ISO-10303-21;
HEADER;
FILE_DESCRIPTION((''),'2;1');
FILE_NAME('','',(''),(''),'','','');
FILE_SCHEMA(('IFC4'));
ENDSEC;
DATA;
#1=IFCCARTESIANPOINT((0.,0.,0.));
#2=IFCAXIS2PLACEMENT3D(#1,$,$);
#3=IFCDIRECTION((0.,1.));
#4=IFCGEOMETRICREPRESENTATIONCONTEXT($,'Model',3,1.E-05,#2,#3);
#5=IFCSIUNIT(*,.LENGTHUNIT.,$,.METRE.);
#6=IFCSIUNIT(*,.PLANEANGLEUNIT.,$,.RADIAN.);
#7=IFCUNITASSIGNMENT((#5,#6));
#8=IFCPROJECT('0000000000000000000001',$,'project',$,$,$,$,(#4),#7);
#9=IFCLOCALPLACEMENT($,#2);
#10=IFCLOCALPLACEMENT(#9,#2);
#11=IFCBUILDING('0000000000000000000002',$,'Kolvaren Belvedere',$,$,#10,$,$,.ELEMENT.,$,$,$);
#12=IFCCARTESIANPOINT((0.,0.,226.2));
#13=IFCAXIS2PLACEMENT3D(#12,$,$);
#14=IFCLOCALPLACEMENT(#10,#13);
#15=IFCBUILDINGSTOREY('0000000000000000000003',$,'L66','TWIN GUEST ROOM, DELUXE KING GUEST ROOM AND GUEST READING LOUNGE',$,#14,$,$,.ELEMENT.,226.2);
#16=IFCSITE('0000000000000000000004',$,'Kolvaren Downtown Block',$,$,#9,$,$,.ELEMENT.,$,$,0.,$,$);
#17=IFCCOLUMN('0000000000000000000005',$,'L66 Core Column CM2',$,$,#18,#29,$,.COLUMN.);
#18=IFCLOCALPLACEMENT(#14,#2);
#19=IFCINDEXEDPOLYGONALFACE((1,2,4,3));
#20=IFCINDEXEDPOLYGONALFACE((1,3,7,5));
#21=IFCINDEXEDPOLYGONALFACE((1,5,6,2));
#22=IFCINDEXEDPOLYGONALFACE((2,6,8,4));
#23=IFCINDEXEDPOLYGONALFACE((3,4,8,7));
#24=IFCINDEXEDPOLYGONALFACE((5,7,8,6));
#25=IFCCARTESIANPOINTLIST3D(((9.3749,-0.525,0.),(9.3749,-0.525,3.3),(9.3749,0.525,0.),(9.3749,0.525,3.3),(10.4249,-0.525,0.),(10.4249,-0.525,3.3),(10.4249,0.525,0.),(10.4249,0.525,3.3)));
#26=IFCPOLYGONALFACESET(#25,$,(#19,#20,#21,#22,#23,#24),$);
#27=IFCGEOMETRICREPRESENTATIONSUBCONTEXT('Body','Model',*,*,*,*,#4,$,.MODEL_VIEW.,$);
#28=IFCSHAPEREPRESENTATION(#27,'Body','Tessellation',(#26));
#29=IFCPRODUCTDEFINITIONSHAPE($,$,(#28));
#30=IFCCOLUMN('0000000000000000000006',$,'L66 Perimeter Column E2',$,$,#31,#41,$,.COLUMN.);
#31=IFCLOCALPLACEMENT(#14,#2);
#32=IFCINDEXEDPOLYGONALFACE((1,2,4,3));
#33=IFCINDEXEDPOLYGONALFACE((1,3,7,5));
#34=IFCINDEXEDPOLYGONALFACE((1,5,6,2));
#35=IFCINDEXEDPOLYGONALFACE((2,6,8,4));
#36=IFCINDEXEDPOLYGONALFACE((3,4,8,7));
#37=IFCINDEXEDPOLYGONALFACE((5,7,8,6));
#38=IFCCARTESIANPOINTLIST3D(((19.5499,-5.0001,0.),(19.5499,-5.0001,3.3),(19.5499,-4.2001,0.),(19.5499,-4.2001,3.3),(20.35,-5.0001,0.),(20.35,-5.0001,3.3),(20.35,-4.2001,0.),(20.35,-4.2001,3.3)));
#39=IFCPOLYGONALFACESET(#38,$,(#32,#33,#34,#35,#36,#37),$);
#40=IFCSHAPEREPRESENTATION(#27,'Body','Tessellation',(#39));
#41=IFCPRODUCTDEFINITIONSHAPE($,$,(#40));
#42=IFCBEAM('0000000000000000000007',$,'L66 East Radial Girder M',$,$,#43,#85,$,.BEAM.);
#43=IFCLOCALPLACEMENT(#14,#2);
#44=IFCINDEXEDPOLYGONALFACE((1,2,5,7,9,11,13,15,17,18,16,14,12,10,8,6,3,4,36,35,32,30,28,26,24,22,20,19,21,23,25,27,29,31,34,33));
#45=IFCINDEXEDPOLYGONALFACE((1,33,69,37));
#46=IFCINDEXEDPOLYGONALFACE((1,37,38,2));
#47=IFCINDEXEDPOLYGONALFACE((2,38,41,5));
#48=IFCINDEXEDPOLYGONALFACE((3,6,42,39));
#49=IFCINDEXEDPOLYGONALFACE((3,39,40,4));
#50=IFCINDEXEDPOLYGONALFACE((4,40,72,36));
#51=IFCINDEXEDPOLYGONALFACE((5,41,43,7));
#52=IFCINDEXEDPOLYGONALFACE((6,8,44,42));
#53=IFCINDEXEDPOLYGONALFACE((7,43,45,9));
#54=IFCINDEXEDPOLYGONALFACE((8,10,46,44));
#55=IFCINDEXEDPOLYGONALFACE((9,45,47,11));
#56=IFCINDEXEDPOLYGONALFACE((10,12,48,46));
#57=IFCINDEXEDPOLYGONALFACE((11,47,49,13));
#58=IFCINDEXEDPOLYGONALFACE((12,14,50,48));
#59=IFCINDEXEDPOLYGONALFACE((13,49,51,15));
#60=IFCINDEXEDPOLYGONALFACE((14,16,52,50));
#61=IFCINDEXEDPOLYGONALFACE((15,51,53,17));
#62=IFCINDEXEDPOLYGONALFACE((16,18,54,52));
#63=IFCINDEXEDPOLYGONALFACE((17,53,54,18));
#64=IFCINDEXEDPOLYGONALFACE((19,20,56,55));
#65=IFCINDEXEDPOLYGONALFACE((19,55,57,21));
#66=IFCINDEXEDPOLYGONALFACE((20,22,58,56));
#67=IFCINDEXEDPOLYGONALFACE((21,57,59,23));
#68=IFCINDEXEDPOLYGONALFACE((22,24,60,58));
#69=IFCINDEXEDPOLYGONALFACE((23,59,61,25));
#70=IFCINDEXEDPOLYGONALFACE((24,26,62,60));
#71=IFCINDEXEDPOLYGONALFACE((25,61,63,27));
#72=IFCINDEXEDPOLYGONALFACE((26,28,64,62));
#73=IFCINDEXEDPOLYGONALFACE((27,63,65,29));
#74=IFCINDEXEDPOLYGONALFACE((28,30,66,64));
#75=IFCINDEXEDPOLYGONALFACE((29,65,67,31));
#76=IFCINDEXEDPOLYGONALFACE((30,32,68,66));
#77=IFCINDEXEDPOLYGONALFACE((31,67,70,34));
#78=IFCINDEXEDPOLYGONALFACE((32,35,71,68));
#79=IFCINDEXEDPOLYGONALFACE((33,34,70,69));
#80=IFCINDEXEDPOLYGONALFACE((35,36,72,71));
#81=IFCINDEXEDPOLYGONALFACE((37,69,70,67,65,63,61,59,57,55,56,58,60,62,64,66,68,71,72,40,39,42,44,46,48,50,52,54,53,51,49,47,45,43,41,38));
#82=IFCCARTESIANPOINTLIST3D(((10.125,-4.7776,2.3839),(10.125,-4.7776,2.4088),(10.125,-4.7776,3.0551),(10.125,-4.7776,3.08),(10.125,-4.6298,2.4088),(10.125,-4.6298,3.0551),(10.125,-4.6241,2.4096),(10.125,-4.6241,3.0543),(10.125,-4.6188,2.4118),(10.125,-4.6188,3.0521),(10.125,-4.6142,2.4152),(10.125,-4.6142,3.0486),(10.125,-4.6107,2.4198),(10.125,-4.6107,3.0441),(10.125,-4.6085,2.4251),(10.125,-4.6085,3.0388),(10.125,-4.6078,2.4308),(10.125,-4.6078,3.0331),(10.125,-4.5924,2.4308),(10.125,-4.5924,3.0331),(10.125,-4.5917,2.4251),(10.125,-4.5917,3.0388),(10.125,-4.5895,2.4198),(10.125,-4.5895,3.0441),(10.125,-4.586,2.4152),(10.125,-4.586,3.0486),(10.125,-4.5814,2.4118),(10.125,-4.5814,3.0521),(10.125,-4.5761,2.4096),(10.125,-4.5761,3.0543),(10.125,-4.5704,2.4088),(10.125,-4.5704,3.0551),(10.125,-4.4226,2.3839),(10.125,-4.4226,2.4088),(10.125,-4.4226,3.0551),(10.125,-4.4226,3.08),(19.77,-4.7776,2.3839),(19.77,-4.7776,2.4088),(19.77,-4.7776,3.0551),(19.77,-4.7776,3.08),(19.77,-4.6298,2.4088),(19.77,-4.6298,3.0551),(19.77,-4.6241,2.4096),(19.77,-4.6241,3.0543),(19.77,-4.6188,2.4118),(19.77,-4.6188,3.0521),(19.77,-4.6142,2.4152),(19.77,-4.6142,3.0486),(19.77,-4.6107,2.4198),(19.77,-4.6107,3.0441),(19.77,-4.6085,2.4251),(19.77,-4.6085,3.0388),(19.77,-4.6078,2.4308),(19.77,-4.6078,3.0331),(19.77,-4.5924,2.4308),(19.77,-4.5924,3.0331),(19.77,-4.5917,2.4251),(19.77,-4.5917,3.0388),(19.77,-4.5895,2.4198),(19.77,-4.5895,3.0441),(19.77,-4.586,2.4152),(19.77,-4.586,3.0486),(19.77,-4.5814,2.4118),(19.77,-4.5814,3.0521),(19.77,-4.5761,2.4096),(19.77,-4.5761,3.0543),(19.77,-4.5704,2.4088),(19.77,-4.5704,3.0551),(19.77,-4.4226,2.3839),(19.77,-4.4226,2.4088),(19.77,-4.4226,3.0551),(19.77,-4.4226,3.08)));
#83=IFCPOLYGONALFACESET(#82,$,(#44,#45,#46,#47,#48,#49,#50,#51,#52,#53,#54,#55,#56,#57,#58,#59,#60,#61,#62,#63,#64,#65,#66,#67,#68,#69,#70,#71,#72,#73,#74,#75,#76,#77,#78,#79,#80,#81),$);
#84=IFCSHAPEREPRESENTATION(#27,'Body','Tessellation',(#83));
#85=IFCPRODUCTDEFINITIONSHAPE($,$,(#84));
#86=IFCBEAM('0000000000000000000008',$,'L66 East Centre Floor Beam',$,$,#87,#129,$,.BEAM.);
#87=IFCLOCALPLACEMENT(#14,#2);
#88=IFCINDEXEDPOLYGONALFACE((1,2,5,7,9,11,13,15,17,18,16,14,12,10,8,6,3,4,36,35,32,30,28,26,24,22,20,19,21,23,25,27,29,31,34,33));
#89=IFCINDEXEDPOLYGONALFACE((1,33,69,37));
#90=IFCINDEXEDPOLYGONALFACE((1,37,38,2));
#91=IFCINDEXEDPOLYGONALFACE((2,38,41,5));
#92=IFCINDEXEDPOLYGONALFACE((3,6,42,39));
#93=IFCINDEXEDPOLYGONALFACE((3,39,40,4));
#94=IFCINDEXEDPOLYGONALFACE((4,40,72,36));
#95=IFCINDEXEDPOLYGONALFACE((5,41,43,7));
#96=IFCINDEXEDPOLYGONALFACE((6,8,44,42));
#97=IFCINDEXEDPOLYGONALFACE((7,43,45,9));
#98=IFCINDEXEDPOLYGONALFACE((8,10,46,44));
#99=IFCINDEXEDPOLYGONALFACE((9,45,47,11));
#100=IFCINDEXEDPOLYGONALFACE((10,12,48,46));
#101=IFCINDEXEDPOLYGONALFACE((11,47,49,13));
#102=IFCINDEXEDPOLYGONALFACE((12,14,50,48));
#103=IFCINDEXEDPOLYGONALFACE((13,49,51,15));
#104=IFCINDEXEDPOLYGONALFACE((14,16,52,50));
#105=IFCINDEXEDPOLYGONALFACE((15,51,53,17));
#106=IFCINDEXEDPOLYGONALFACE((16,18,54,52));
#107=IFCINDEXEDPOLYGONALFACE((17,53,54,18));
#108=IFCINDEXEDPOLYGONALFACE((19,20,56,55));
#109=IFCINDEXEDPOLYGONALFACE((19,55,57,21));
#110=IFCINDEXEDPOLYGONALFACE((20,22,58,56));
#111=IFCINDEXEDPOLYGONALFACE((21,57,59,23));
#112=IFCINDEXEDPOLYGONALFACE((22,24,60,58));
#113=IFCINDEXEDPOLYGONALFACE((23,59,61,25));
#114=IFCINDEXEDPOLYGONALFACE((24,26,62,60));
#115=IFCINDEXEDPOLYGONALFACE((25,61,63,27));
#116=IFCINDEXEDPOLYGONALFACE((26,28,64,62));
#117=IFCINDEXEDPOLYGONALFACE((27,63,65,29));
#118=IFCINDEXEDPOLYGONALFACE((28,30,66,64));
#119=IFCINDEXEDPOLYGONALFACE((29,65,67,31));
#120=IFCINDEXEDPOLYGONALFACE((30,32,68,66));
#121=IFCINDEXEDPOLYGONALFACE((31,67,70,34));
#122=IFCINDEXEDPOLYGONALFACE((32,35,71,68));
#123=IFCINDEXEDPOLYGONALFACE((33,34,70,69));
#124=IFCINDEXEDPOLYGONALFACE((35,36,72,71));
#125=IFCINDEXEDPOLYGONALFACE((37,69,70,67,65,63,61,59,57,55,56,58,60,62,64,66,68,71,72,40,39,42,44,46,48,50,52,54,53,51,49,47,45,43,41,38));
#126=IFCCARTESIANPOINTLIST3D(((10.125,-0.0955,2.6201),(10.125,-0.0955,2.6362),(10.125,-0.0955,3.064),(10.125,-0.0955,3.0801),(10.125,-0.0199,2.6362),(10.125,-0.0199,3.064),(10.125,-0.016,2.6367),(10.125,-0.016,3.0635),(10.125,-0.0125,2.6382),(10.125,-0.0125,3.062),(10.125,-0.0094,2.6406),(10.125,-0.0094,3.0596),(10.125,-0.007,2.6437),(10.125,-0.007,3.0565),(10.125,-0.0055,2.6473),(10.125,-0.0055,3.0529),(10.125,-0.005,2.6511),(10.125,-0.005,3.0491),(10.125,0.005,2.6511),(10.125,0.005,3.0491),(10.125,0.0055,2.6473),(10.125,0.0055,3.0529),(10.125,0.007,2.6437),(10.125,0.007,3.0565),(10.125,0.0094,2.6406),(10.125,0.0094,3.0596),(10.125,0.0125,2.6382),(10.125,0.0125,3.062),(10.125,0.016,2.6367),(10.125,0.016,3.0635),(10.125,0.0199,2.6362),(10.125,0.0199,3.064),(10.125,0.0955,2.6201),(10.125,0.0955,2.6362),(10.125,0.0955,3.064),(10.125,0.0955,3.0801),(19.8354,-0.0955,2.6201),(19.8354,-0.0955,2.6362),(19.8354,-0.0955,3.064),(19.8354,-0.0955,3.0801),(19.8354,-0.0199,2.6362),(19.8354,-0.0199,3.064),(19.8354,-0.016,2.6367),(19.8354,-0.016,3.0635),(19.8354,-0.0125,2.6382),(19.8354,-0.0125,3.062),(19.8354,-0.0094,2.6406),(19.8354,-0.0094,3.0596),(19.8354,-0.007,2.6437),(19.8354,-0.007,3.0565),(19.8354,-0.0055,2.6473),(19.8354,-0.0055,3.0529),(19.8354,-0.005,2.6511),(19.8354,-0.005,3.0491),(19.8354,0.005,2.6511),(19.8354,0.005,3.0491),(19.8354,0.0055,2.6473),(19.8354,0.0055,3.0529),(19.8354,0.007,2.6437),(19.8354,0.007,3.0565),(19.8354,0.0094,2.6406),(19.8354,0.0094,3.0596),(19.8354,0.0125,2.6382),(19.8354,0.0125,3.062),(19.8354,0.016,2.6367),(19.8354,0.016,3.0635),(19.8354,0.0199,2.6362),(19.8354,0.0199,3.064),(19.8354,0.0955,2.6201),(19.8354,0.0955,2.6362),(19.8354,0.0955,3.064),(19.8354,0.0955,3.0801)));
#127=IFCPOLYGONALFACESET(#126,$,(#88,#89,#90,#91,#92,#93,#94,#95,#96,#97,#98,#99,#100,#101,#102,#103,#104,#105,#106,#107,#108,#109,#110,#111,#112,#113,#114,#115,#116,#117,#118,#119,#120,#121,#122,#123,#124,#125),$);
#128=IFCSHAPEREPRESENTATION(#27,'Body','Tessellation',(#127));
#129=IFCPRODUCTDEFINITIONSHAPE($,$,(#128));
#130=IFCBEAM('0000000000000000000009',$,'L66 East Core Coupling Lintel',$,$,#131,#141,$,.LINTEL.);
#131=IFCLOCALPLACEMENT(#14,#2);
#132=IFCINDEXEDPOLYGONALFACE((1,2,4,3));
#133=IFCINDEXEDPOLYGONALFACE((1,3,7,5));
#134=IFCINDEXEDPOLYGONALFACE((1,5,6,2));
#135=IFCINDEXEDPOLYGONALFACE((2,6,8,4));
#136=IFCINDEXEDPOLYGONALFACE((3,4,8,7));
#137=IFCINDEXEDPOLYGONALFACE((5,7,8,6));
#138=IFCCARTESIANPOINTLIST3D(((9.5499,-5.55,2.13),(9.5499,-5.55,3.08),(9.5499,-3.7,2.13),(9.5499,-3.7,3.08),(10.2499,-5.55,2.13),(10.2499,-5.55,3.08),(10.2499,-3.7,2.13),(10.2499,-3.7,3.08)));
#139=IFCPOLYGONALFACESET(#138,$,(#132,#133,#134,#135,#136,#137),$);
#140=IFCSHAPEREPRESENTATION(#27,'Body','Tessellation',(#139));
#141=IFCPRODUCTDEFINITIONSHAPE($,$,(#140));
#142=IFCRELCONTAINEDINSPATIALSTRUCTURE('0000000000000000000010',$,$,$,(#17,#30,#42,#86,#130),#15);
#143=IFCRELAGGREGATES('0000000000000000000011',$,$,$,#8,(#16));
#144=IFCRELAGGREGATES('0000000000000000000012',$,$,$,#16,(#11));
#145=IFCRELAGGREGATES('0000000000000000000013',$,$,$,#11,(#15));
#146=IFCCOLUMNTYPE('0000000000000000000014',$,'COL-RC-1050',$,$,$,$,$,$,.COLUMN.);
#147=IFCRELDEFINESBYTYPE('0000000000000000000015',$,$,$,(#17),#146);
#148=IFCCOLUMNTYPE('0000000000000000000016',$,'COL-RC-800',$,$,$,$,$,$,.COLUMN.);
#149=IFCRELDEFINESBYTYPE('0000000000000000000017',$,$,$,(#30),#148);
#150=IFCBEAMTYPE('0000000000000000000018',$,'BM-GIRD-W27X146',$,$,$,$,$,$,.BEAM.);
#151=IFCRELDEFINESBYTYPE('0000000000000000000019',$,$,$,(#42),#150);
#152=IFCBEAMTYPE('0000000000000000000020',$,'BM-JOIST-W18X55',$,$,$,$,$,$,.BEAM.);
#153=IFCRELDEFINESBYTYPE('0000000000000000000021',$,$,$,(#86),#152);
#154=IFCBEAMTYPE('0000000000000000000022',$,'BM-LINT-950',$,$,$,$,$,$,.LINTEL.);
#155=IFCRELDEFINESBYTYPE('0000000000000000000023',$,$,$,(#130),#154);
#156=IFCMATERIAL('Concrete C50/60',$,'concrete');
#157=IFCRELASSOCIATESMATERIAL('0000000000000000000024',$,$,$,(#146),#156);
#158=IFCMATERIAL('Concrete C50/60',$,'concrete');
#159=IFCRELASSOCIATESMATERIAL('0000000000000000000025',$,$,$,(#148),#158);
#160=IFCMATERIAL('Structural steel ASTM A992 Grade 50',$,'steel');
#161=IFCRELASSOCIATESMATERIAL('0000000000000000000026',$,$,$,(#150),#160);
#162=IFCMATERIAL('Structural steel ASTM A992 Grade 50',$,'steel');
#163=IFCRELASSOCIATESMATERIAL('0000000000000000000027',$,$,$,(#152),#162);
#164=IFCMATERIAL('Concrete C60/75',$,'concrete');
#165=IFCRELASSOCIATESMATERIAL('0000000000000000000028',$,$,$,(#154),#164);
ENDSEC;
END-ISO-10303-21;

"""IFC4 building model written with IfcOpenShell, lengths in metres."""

from ifc_helpers import new_model, si_unit, direction, frame, origin, origin_2d, place, context, subcontext, project, spatial, rectangle, i_section, extrude, material, material_profile, profile_set, type_object, element, save


model = new_model("IFC4")

# Units and contexts
model_context = context("Model", 3, precision=1e-05, world=origin(), true_north=direction((0.0, 1.0)))
body_context = subcontext(model_context, "Body", "Model", "MODEL_VIEW")
ifc_project = project(units=[si_unit("LENGTHUNIT", "METRE"), si_unit("PLANEANGLEUNIT", "RADIAN")], contexts=[model_context])

# Site, building, storey
site_placement = place(None, origin())
site = spatial("IfcSite", under=ifc_project, at=site_placement, Name="Kolvaren Downtown Block", CompositionType="ELEMENT", RefElevation=0.0)
building_placement = place(site_placement, origin())
building = spatial("IfcBuilding", under=site, at=building_placement, Name="Kolvaren Belvedere", CompositionType="ELEMENT")
storey_placement = place(building_placement, frame((0.0, 0.0, 226.2)))
storey = spatial("IfcBuildingStorey", under=building, at=storey_placement, Name="L66", Description="TWIN GUEST ROOM, DELUXE KING GUEST ROOM AND GUEST READING LOUNGE", CompositionType="ELEMENT", Elevation=226.2)

# Columns
ifc_material_1 = material(Name="Concrete C50/60", Category="concrete")
ifc_material_profile_1 = material_profile(ifc_material_1, rectangle(XDim=1.05, YDim=1.05, at=origin_2d()), Name="RC 1050X1050")
ifc_profile_set_1 = profile_set([ifc_material_profile_1], Name="Concrete C50/60")
column_type_1 = type_object("IfcColumnType", Name="COL-RC-1050", PredefinedType="COLUMN", material=ifc_profile_set_1)
column_1_placement = place(storey_placement, frame((9.8999, 0.0, 0.0), z_axis=(0.0, 0.0, 1.0), x_axis=(1.0, 0.0, 0.0)))
element("IfcColumn", 1, at=column_1_placement, inside=storey, type_object=column_type_1, Name="L66 Core Column CM2", PredefinedType="COLUMN", context=body_context, shape_type="SweptSolid", body=[
    extrude(rectangle(XDim=1.05, YDim=1.05, at=origin_2d()), origin(), (0.0, 0.0, 1.0), 3.3),
])
ifc_material_2 = material(Name="Concrete C50/60", Category="concrete")
ifc_material_profile_2 = material_profile(ifc_material_2, rectangle(XDim=0.8, YDim=0.8, at=origin_2d()), Name="RC 800X800")
ifc_profile_set_2 = profile_set([ifc_material_profile_2], Name="Concrete C50/60")
column_type_2 = type_object("IfcColumnType", Name="COL-RC-800", PredefinedType="COLUMN", material=ifc_profile_set_2)
column_2_placement = place(storey_placement, frame((19.95, -4.6001, 0.0), z_axis=(0.0, 0.0, 1.0), x_axis=(1.0, 0.0, 0.0)))
element("IfcColumn", 2, at=column_2_placement, inside=storey, type_object=column_type_2, Name="L66 Perimeter Column E2", PredefinedType="COLUMN", context=body_context, shape_type="SweptSolid", body=[
    extrude(rectangle(XDim=0.8, YDim=0.8, at=origin_2d()), origin(), (0.0, 0.0, 1.0), 3.3),
])

# Beams
ifc_material_3 = material(Name="Structural steel ASTM A992 Grade 50", Category="steel")
ifc_material_profile_3 = material_profile(ifc_material_3, i_section(OverallWidth=0.355, OverallDepth=0.696, WebThickness=0.0154, FlangeThickness=0.0249, FilletRadius=0.022, at=origin_2d()), Name="W27X146")
ifc_profile_set_3 = profile_set([ifc_material_profile_3], Name="Structural steel ASTM A992 Grade 50")
beam_type_1 = type_object("IfcBeamType", Name="BM-GIRD-W27X146", PredefinedType="BEAM", material=ifc_profile_set_3)
beam_1_placement = place(storey_placement, frame((10.125, -4.6001, 2.7319), z_axis=(1.0, 0.0, 0.0), x_axis=(0.0, 1.0, 0.0)))
element("IfcBeam", 3, at=beam_1_placement, inside=storey, type_object=beam_type_1, Name="L66 East Radial Girder M", PredefinedType="BEAM", context=body_context, shape_type="SweptSolid", body=[
    extrude(i_section(OverallWidth=0.355, OverallDepth=0.696, WebThickness=0.0154, FlangeThickness=0.0249, FilletRadius=0.022, at=origin_2d()), origin(), (0.0, 0.0, 1.0), 9.645),
])
ifc_material_4 = material(Name="Structural steel ASTM A992 Grade 50", Category="steel")
ifc_material_profile_4 = material_profile(ifc_material_4, i_section(OverallWidth=0.1909, OverallDepth=0.46, WebThickness=0.01, FlangeThickness=0.0161, FilletRadius=0.0149, at=origin_2d()), Name="W18X55")
ifc_profile_set_4 = profile_set([ifc_material_profile_4], Name="Structural steel ASTM A992 Grade 50")
beam_type_2 = type_object("IfcBeamType", Name="BM-JOIST-W18X55", PredefinedType="BEAM", material=ifc_profile_set_4)
beam_2_placement = place(storey_placement, frame((10.125, 0.0, 2.8501), z_axis=(1.0, 0.0, 0.0), x_axis=(0.0, 1.0, 0.0)))
element("IfcBeam", 4, at=beam_2_placement, inside=storey, type_object=beam_type_2, Name="L66 East Centre Floor Beam", PredefinedType="BEAM", context=body_context, shape_type="SweptSolid", body=[
    extrude(i_section(OverallWidth=0.1909, OverallDepth=0.46, WebThickness=0.01, FlangeThickness=0.0161, FilletRadius=0.0149, at=origin_2d()), origin(), (0.0, 0.0, 1.0), 9.7104),
])
ifc_material_5 = material(Name="Concrete C60/75", Category="concrete")
ifc_material_profile_5 = material_profile(ifc_material_5, rectangle(XDim=0.7, YDim=0.95, at=origin_2d()), Name="RC 700X950")
ifc_profile_set_5 = profile_set([ifc_material_profile_5], Name="Concrete C60/75")
beam_type_3 = type_object("IfcBeamType", Name="BM-LINT-950", PredefinedType="LINTEL", material=ifc_profile_set_5)
beam_3_placement = place(storey_placement, frame((9.8999, -5.55, 2.605), z_axis=(0.0, 1.0, 0.0), x_axis=(-1.0, 0.0, 0.0)))
element("IfcBeam", 5, at=beam_3_placement, inside=storey, type_object=beam_type_3, Name="L66 East Core Coupling Lintel", PredefinedType="LINTEL", context=body_context, shape_type="SweptSolid", body=[
    extrude(rectangle(XDim=0.7, YDim=0.95, at=origin_2d()), origin(), (0.0, 0.0, 1.0), 1.8501),
])

save(model, "model.ifc")
